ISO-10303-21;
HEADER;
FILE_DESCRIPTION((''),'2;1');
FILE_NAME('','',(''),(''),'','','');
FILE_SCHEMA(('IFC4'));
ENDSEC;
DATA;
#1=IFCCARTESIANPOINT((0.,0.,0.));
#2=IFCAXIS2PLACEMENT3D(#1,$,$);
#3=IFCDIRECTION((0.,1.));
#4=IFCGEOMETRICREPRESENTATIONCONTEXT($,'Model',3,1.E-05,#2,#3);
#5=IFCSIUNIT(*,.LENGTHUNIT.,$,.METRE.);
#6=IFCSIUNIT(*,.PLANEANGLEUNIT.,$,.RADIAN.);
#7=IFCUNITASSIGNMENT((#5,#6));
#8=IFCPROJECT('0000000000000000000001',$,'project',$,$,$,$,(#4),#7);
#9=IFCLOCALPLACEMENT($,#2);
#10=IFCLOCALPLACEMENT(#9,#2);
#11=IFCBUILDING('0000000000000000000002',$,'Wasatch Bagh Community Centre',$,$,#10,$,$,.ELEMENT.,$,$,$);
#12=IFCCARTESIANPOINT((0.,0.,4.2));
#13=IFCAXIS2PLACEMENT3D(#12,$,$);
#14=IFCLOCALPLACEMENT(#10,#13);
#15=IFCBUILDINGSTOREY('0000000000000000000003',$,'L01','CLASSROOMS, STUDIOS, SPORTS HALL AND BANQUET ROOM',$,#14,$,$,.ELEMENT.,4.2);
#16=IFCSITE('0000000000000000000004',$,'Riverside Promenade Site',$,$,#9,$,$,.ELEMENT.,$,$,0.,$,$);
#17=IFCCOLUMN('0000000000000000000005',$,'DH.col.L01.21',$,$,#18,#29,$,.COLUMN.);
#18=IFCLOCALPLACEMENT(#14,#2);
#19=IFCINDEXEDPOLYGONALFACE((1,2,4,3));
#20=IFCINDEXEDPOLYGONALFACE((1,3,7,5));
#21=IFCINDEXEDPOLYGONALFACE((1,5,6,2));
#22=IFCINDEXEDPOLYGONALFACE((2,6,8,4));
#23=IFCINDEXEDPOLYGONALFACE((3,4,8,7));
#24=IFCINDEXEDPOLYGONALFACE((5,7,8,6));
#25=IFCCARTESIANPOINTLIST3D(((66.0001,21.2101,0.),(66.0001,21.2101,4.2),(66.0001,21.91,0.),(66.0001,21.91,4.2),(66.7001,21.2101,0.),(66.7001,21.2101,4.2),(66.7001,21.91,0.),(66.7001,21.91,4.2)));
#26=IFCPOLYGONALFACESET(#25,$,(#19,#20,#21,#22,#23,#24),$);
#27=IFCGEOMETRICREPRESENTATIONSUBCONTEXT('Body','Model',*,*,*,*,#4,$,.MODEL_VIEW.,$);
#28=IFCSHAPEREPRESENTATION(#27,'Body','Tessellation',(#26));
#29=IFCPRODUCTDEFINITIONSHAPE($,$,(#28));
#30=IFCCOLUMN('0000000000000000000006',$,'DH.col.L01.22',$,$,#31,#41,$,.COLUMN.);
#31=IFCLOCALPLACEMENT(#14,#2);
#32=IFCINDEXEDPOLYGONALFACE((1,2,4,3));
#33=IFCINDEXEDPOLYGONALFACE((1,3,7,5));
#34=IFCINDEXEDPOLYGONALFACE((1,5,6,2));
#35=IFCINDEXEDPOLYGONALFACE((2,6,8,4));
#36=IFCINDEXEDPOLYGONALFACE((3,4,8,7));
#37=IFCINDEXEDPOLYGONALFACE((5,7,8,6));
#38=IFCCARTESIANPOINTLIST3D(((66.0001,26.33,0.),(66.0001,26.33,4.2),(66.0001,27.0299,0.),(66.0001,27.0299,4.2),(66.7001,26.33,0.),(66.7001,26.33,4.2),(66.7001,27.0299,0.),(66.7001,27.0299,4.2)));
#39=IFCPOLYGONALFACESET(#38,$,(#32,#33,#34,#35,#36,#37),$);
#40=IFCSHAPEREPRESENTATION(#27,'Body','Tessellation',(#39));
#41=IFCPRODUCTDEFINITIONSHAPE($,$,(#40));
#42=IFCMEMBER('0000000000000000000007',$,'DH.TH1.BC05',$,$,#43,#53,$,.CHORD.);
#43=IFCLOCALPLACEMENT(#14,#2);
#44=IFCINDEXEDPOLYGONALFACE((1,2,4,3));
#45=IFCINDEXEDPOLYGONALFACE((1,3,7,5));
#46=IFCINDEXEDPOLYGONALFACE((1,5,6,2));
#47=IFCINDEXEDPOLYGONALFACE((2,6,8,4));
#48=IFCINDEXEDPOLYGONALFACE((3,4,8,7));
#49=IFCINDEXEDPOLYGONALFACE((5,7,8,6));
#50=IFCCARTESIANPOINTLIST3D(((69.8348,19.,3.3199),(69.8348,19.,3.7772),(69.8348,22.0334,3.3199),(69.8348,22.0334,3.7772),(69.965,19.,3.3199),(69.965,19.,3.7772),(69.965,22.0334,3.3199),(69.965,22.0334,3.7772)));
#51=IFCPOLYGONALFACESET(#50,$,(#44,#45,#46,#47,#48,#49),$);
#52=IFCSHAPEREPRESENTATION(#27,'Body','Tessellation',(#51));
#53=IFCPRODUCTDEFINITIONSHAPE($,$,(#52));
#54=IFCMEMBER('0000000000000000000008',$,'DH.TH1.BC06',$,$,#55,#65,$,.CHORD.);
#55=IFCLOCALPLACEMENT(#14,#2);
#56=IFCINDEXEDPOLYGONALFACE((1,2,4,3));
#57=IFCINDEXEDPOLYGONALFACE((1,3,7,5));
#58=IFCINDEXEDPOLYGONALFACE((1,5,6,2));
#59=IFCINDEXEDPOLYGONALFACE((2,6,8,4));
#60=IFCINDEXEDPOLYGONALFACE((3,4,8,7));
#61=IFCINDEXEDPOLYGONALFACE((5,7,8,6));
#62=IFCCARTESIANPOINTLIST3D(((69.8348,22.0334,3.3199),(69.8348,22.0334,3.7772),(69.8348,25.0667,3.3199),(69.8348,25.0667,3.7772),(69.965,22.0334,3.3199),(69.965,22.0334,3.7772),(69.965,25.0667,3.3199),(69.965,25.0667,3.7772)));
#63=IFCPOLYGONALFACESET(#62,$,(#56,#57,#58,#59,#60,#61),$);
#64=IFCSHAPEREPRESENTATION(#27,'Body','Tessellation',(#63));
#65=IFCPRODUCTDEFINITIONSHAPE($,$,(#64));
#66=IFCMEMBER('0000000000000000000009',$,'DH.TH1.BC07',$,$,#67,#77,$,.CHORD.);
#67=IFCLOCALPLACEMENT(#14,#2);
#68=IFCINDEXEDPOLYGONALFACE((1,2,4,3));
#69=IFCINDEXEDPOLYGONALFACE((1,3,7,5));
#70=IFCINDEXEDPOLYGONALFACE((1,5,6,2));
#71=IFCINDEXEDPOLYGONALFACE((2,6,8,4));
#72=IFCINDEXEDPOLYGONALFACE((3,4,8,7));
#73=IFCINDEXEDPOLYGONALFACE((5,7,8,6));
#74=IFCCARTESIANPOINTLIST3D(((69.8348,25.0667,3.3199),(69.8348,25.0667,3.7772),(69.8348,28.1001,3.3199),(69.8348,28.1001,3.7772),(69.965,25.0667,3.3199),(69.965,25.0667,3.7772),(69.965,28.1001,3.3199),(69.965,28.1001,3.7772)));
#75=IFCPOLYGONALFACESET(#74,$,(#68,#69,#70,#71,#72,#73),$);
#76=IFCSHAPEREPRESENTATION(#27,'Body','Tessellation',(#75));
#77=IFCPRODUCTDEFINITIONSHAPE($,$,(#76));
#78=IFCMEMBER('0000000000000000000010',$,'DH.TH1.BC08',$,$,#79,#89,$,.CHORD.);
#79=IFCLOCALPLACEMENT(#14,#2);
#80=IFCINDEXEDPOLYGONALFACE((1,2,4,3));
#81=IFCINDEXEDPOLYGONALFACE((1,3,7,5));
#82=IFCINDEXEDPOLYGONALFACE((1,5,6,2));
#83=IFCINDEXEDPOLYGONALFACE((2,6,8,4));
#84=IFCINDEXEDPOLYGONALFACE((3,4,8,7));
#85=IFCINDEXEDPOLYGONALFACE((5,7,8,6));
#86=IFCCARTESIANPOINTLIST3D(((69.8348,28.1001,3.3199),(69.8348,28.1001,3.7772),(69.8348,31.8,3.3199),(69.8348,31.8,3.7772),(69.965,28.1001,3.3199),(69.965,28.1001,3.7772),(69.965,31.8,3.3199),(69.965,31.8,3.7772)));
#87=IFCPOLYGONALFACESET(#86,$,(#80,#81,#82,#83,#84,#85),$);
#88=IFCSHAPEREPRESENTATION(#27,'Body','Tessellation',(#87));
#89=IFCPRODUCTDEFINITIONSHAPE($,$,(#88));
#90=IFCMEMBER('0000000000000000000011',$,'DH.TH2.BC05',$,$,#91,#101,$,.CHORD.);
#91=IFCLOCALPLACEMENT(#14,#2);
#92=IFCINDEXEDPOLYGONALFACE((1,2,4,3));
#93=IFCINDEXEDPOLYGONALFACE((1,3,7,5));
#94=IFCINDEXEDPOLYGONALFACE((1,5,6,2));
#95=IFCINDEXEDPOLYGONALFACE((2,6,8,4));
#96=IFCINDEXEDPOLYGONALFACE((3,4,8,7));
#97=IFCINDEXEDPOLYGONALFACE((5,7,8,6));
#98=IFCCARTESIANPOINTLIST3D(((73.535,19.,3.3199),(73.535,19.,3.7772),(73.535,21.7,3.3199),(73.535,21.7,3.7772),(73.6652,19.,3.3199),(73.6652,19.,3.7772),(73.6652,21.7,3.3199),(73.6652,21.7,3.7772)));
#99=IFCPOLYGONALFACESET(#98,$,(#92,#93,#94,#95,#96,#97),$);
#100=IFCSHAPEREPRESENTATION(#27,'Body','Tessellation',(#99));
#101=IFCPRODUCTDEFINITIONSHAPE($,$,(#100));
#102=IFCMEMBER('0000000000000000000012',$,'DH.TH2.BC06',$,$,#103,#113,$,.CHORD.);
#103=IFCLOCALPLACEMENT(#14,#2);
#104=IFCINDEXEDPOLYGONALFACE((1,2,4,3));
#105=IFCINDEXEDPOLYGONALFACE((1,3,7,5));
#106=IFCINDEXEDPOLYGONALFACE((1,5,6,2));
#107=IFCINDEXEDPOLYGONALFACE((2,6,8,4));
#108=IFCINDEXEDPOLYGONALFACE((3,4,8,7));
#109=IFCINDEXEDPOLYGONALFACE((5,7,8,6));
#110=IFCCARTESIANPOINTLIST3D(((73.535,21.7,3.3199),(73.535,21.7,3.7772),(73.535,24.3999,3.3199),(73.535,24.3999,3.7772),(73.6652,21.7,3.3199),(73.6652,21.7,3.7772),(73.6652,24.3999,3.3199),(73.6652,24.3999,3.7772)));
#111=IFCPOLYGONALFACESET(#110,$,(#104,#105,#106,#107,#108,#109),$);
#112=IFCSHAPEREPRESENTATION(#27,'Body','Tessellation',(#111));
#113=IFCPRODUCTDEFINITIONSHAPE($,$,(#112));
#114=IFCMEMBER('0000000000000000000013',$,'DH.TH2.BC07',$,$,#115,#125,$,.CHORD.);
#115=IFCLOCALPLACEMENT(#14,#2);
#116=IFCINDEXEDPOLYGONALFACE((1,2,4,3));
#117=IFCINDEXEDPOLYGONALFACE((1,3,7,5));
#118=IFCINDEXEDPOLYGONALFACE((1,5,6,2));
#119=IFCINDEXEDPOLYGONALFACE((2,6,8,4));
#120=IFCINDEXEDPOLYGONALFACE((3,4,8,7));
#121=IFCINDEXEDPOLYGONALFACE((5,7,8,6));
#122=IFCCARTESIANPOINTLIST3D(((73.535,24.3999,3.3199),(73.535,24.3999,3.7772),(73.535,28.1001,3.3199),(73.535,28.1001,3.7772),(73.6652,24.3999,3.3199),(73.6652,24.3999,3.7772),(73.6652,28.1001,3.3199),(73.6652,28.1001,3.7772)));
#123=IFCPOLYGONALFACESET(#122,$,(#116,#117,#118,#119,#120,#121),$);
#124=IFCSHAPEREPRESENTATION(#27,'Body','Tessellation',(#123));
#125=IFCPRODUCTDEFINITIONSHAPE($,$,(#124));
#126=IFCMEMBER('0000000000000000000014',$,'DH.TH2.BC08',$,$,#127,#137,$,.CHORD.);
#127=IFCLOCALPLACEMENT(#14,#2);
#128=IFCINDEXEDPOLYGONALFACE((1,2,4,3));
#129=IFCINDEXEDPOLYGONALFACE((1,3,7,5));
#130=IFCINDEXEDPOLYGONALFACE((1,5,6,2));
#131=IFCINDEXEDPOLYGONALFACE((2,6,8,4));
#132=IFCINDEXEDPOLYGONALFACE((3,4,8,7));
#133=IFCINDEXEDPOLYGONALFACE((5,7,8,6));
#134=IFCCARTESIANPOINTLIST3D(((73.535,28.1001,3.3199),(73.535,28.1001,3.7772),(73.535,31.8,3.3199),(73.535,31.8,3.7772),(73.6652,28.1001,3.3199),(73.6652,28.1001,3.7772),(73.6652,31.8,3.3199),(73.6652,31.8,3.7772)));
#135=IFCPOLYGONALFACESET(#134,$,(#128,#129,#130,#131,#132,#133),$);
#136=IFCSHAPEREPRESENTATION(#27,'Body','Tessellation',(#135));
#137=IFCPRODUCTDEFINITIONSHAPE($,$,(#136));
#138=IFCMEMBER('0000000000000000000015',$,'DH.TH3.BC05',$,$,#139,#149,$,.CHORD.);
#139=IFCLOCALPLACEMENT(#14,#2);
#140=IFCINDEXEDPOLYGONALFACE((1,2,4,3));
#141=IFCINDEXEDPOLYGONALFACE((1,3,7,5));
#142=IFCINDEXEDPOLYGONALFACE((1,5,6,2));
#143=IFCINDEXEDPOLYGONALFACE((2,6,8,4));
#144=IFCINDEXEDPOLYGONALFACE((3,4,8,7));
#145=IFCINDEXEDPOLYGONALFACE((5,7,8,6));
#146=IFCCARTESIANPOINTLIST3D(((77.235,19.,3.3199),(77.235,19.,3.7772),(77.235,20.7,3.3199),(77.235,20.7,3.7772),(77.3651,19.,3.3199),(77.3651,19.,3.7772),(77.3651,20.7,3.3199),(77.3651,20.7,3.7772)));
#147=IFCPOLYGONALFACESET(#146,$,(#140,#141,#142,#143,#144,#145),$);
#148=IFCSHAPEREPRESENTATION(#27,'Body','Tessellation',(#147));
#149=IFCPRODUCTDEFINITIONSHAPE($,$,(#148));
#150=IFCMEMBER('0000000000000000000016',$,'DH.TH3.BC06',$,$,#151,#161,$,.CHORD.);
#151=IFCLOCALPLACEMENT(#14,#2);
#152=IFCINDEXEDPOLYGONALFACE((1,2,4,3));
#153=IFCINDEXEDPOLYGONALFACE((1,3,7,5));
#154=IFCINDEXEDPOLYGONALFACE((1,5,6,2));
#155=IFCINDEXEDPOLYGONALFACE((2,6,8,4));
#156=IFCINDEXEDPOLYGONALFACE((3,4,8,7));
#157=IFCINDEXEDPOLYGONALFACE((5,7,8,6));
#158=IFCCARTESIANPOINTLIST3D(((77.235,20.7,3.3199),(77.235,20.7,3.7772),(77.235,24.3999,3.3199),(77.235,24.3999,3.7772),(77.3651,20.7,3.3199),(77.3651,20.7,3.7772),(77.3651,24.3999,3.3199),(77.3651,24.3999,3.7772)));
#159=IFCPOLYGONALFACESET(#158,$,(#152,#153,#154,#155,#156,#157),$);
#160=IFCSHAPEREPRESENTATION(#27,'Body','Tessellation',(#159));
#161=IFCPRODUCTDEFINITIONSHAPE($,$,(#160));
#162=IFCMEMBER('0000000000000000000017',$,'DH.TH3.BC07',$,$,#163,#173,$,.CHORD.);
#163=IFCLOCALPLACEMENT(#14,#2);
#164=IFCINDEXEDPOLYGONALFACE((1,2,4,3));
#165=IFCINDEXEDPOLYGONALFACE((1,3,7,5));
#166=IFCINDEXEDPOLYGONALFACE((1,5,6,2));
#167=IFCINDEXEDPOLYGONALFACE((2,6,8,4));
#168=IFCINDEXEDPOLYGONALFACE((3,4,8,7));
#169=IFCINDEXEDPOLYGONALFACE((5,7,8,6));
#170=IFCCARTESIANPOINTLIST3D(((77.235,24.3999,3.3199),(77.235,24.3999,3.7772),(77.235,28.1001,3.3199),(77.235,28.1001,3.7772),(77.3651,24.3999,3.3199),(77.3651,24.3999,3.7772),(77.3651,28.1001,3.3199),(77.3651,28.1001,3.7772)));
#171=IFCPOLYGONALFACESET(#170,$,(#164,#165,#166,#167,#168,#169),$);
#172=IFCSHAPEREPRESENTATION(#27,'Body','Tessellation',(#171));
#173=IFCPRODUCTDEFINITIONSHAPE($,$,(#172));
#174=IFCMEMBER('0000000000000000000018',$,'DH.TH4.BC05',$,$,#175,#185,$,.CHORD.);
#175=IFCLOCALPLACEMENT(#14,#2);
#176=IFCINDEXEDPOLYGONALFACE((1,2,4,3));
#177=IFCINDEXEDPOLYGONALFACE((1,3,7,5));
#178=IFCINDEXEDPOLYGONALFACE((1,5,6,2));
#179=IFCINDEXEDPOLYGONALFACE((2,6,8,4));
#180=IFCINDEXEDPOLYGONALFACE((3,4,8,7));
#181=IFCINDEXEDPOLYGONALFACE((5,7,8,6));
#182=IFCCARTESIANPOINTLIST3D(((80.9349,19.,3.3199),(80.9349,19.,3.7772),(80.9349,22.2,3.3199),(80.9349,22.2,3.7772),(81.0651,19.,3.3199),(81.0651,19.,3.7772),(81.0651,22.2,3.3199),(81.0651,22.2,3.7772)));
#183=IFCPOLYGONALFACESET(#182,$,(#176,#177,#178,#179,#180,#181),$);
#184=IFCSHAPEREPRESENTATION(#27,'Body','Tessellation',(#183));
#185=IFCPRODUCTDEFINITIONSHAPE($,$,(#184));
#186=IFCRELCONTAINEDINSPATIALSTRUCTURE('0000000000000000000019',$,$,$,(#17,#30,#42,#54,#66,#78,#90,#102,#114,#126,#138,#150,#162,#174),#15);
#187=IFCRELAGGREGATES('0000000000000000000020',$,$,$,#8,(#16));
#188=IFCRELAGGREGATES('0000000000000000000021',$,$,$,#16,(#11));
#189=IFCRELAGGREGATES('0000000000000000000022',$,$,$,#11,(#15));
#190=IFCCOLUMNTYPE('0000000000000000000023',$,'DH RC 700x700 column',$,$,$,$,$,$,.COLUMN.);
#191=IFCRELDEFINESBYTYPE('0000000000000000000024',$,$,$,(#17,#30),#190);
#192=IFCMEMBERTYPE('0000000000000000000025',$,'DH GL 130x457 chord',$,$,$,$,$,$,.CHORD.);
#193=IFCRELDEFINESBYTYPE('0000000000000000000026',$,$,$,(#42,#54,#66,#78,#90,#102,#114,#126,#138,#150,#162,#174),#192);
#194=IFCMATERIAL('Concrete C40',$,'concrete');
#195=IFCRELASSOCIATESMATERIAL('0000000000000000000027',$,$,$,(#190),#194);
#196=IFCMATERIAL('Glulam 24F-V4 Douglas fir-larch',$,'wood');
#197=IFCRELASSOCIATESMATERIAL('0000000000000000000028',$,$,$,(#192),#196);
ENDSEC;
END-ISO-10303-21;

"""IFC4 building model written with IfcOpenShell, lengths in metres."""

from ifc_helpers import new_model, si_unit, direction, frame, origin, origin_2d, place, context, subcontext, project, spatial, rectangle, extrude, material, material_profile, profile_set, type_object, element, save


model = new_model("IFC4")

# Units and contexts
model_context = context("Model", 3, precision=1e-05, world=origin(), true_north=direction((0.0, 1.0)))
body_context = subcontext(model_context, "Body", "Model", "MODEL_VIEW")
ifc_project = project(units=[si_unit("LENGTHUNIT", "METRE"), si_unit("PLANEANGLEUNIT", "RADIAN")], contexts=[model_context])

# Site, building, storey
site_placement = place(None, origin())
site = spatial("IfcSite", under=ifc_project, at=site_placement, Name="Riverside Promenade Site", CompositionType="ELEMENT", RefElevation=0.0)
building_placement = place(site_placement, origin())
building = spatial("IfcBuilding", under=site, at=building_placement, Name="Wasatch Bagh Community Centre", CompositionType="ELEMENT")
storey_placement = place(building_placement, frame((0.0, 0.0, 4.2)))
storey = spatial("IfcBuildingStorey", under=building, at=storey_placement, Name="L01", Description="CLASSROOMS, STUDIOS, SPORTS HALL AND BANQUET ROOM", CompositionType="ELEMENT", Elevation=4.2)

# Columns
ifc_material_1 = material(Name="Concrete C40", Category="concrete")
ifc_material_profile_1 = material_profile(ifc_material_1, rectangle(XDim=0.7, YDim=0.7, at=origin_2d()), Name="RC 700x700")
ifc_profile_set_1 = profile_set([ifc_material_profile_1], Name="Concrete C40")
column_type = type_object("IfcColumnType", Name="DH RC 700x700 column", PredefinedType="COLUMN", material=ifc_profile_set_1)
for number, where, z_axis, x_axis, name in (
    (1, (66.3501, 21.5601, 0.0), (0.0, 0.0, 1.0), (1.0, 0.0, 0.0), "DH.col.L01.21"),
    (2, (66.3501, 26.6799, 0.0), (0.0, 0.0, 1.0), (1.0, 0.0, 0.0), "DH.col.L01.22"),
):
    element("IfcColumn", number, at=place(storey_placement, frame(where, z_axis=z_axis, x_axis=x_axis)), inside=storey, type_object=column_type, Name=name, PredefinedType="COLUMN", context=body_context, shape_type="SweptSolid", body=[
        extrude(rectangle(XDim=0.7, YDim=0.7, at=origin_2d()), origin(), (0.0, 0.0, 1.0), 4.2),
    ])

# Members
ifc_material_2 = material(Name="Glulam 24F-V4 Douglas fir-larch", Category="wood")
ifc_material_profile_2 = material_profile(ifc_material_2, rectangle(XDim=0.1301, YDim=0.4573, at=origin_2d()), Name="GL 130x457")
ifc_profile_set_2 = profile_set([ifc_material_profile_2], Name="Glulam 24F-V4 Douglas fir-larch")
member_type = type_object("IfcMemberType", Name="DH GL 130x457 chord", PredefinedType="CHORD", material=ifc_profile_set_2)
member_1_placement = place(storey_placement, frame((69.8999, 19.0, 3.5486), z_axis=(0.0, 1.0, 0.0), x_axis=(-1.0, 0.0, 0.0)))
element("IfcMember", 3, at=member_1_placement, inside=storey, type_object=member_type, Name="DH.TH1.BC05", PredefinedType="CHORD", context=body_context, shape_type="SweptSolid", body=[
    extrude(rectangle(XDim=0.1301, YDim=0.4573, at=origin_2d()), origin(), (0.0, 0.0, 1.0), 3.0334),
])
member_2_placement = place(storey_placement, frame((69.8999, 22.0334, 3.5486), z_axis=(0.0, 1.0, 0.0), x_axis=(-1.0, 0.0, 0.0)))
element("IfcMember", 4, at=member_2_placement, inside=storey, type_object=member_type, Name="DH.TH1.BC06", PredefinedType="CHORD", context=body_context, shape_type="SweptSolid", body=[
    extrude(rectangle(XDim=0.1301, YDim=0.4573, at=origin_2d()), origin(), (0.0, 0.0, 1.0), 3.0332),
])
member_3_placement = place(storey_placement, frame((69.8999, 25.0667, 3.5486), z_axis=(0.0, 1.0, 0.0), x_axis=(-1.0, 0.0, 0.0)))
element("IfcMember", 5, at=member_3_placement, inside=storey, type_object=member_type, Name="DH.TH1.BC07", PredefinedType="CHORD", context=body_context, shape_type="SweptSolid", body=[
    extrude(rectangle(XDim=0.1301, YDim=0.4573, at=origin_2d()), origin(), (0.0, 0.0, 1.0), 3.0334),
])
member_4_placement = place(storey_placement, frame((69.8999, 28.1001, 3.5486), z_axis=(0.0, 1.0, 0.0), x_axis=(-1.0, 0.0, 0.0)))
element("IfcMember", 6, at=member_4_placement, inside=storey, type_object=member_type, Name="DH.TH1.BC08", PredefinedType="CHORD", context=body_context, shape_type="SweptSolid", body=[
    extrude(rectangle(XDim=0.1301, YDim=0.4573, at=origin_2d()), origin(), (0.0, 0.0, 1.0), 3.7),
])
for number, where, z_axis, x_axis, name in (
    (7, (73.6001, 19.0, 3.5486), (0.0, 1.0, 0.0), (-1.0, 0.0, 0.0), "DH.TH2.BC05"),
    (8, (73.6001, 21.7, 3.5486), (0.0, 1.0, 0.0), (-1.0, 0.0, 0.0), "DH.TH2.BC06"),
):
    element("IfcMember", number, at=place(storey_placement, frame(where, z_axis=z_axis, x_axis=x_axis)), inside=storey, type_object=member_type, Name=name, PredefinedType="CHORD", context=body_context, shape_type="SweptSolid", body=[
        extrude(rectangle(XDim=0.1301, YDim=0.4573, at=origin_2d()), origin(), (0.0, 0.0, 1.0), 2.7),
    ])
member_5_placement = place(storey_placement, frame((73.6001, 24.3999, 3.5486), z_axis=(0.0, 1.0, 0.0), x_axis=(-1.0, 0.0, 0.0)))
element("IfcMember", 9, at=member_5_placement, inside=storey, type_object=member_type, Name="DH.TH2.BC07", PredefinedType="CHORD", context=body_context, shape_type="SweptSolid", body=[
    extrude(rectangle(XDim=0.1301, YDim=0.4573, at=origin_2d()), origin(), (0.0, 0.0, 1.0), 3.7002),
])
member_6_placement = place(storey_placement, frame((73.6001, 28.1001, 3.5486), z_axis=(0.0, 1.0, 0.0), x_axis=(-1.0, 0.0, 0.0)))
element("IfcMember", 10, at=member_6_placement, inside=storey, type_object=member_type, Name="DH.TH2.BC08", PredefinedType="CHORD", context=body_context, shape_type="SweptSolid", body=[
    extrude(rectangle(XDim=0.1301, YDim=0.4573, at=origin_2d()), origin(), (0.0, 0.0, 1.0), 3.7),
])
member_7_placement = place(storey_placement, frame((77.3, 19.0, 3.5486), z_axis=(0.0, 1.0, 0.0), x_axis=(-1.0, 0.0, 0.0)))
element("IfcMember", 11, at=member_7_placement, inside=storey, type_object=member_type, Name="DH.TH3.BC05", PredefinedType="CHORD", context=body_context, shape_type="SweptSolid", body=[
    extrude(rectangle(XDim=0.1301, YDim=0.4573, at=origin_2d()), origin(), (0.0, 0.0, 1.0), 1.7),
])
member_8_placement = place(storey_placement, frame((77.3, 20.7, 3.5486), z_axis=(0.0, 1.0, 0.0), x_axis=(-1.0, 0.0, 0.0)))
element("IfcMember", 12, at=member_8_placement, inside=storey, type_object=member_type, Name="DH.TH3.BC06", PredefinedType="CHORD", context=body_context, shape_type="SweptSolid", body=[
    extrude(rectangle(XDim=0.1301, YDim=0.4573, at=origin_2d()), origin(), (0.0, 0.0, 1.0), 3.7),
])
member_9_placement = place(storey_placement, frame((77.3, 24.3999, 3.5486), z_axis=(0.0, 1.0, 0.0), x_axis=(-1.0, 0.0, 0.0)))
element("IfcMember", 13, at=member_9_placement, inside=storey, type_object=member_type, Name="DH.TH3.BC07", PredefinedType="CHORD", context=body_context, shape_type="SweptSolid", body=[
    extrude(rectangle(XDim=0.1301, YDim=0.4573, at=origin_2d()), origin(), (0.0, 0.0, 1.0), 3.7002),
])
member_10_placement = place(storey_placement, frame((81.0, 19.0, 3.5486), z_axis=(0.0, 1.0, 0.0), x_axis=(-1.0, 0.0, 0.0)))
element("IfcMember", 14, at=member_10_placement, inside=storey, type_object=member_type, Name="DH.TH4.BC05", PredefinedType="CHORD", context=body_context, shape_type="SweptSolid", body=[
    extrude(rectangle(XDim=0.1301, YDim=0.4573, at=origin_2d()), origin(), (0.0, 0.0, 1.0), 3.2),
])

save(model, "model.ifc")
